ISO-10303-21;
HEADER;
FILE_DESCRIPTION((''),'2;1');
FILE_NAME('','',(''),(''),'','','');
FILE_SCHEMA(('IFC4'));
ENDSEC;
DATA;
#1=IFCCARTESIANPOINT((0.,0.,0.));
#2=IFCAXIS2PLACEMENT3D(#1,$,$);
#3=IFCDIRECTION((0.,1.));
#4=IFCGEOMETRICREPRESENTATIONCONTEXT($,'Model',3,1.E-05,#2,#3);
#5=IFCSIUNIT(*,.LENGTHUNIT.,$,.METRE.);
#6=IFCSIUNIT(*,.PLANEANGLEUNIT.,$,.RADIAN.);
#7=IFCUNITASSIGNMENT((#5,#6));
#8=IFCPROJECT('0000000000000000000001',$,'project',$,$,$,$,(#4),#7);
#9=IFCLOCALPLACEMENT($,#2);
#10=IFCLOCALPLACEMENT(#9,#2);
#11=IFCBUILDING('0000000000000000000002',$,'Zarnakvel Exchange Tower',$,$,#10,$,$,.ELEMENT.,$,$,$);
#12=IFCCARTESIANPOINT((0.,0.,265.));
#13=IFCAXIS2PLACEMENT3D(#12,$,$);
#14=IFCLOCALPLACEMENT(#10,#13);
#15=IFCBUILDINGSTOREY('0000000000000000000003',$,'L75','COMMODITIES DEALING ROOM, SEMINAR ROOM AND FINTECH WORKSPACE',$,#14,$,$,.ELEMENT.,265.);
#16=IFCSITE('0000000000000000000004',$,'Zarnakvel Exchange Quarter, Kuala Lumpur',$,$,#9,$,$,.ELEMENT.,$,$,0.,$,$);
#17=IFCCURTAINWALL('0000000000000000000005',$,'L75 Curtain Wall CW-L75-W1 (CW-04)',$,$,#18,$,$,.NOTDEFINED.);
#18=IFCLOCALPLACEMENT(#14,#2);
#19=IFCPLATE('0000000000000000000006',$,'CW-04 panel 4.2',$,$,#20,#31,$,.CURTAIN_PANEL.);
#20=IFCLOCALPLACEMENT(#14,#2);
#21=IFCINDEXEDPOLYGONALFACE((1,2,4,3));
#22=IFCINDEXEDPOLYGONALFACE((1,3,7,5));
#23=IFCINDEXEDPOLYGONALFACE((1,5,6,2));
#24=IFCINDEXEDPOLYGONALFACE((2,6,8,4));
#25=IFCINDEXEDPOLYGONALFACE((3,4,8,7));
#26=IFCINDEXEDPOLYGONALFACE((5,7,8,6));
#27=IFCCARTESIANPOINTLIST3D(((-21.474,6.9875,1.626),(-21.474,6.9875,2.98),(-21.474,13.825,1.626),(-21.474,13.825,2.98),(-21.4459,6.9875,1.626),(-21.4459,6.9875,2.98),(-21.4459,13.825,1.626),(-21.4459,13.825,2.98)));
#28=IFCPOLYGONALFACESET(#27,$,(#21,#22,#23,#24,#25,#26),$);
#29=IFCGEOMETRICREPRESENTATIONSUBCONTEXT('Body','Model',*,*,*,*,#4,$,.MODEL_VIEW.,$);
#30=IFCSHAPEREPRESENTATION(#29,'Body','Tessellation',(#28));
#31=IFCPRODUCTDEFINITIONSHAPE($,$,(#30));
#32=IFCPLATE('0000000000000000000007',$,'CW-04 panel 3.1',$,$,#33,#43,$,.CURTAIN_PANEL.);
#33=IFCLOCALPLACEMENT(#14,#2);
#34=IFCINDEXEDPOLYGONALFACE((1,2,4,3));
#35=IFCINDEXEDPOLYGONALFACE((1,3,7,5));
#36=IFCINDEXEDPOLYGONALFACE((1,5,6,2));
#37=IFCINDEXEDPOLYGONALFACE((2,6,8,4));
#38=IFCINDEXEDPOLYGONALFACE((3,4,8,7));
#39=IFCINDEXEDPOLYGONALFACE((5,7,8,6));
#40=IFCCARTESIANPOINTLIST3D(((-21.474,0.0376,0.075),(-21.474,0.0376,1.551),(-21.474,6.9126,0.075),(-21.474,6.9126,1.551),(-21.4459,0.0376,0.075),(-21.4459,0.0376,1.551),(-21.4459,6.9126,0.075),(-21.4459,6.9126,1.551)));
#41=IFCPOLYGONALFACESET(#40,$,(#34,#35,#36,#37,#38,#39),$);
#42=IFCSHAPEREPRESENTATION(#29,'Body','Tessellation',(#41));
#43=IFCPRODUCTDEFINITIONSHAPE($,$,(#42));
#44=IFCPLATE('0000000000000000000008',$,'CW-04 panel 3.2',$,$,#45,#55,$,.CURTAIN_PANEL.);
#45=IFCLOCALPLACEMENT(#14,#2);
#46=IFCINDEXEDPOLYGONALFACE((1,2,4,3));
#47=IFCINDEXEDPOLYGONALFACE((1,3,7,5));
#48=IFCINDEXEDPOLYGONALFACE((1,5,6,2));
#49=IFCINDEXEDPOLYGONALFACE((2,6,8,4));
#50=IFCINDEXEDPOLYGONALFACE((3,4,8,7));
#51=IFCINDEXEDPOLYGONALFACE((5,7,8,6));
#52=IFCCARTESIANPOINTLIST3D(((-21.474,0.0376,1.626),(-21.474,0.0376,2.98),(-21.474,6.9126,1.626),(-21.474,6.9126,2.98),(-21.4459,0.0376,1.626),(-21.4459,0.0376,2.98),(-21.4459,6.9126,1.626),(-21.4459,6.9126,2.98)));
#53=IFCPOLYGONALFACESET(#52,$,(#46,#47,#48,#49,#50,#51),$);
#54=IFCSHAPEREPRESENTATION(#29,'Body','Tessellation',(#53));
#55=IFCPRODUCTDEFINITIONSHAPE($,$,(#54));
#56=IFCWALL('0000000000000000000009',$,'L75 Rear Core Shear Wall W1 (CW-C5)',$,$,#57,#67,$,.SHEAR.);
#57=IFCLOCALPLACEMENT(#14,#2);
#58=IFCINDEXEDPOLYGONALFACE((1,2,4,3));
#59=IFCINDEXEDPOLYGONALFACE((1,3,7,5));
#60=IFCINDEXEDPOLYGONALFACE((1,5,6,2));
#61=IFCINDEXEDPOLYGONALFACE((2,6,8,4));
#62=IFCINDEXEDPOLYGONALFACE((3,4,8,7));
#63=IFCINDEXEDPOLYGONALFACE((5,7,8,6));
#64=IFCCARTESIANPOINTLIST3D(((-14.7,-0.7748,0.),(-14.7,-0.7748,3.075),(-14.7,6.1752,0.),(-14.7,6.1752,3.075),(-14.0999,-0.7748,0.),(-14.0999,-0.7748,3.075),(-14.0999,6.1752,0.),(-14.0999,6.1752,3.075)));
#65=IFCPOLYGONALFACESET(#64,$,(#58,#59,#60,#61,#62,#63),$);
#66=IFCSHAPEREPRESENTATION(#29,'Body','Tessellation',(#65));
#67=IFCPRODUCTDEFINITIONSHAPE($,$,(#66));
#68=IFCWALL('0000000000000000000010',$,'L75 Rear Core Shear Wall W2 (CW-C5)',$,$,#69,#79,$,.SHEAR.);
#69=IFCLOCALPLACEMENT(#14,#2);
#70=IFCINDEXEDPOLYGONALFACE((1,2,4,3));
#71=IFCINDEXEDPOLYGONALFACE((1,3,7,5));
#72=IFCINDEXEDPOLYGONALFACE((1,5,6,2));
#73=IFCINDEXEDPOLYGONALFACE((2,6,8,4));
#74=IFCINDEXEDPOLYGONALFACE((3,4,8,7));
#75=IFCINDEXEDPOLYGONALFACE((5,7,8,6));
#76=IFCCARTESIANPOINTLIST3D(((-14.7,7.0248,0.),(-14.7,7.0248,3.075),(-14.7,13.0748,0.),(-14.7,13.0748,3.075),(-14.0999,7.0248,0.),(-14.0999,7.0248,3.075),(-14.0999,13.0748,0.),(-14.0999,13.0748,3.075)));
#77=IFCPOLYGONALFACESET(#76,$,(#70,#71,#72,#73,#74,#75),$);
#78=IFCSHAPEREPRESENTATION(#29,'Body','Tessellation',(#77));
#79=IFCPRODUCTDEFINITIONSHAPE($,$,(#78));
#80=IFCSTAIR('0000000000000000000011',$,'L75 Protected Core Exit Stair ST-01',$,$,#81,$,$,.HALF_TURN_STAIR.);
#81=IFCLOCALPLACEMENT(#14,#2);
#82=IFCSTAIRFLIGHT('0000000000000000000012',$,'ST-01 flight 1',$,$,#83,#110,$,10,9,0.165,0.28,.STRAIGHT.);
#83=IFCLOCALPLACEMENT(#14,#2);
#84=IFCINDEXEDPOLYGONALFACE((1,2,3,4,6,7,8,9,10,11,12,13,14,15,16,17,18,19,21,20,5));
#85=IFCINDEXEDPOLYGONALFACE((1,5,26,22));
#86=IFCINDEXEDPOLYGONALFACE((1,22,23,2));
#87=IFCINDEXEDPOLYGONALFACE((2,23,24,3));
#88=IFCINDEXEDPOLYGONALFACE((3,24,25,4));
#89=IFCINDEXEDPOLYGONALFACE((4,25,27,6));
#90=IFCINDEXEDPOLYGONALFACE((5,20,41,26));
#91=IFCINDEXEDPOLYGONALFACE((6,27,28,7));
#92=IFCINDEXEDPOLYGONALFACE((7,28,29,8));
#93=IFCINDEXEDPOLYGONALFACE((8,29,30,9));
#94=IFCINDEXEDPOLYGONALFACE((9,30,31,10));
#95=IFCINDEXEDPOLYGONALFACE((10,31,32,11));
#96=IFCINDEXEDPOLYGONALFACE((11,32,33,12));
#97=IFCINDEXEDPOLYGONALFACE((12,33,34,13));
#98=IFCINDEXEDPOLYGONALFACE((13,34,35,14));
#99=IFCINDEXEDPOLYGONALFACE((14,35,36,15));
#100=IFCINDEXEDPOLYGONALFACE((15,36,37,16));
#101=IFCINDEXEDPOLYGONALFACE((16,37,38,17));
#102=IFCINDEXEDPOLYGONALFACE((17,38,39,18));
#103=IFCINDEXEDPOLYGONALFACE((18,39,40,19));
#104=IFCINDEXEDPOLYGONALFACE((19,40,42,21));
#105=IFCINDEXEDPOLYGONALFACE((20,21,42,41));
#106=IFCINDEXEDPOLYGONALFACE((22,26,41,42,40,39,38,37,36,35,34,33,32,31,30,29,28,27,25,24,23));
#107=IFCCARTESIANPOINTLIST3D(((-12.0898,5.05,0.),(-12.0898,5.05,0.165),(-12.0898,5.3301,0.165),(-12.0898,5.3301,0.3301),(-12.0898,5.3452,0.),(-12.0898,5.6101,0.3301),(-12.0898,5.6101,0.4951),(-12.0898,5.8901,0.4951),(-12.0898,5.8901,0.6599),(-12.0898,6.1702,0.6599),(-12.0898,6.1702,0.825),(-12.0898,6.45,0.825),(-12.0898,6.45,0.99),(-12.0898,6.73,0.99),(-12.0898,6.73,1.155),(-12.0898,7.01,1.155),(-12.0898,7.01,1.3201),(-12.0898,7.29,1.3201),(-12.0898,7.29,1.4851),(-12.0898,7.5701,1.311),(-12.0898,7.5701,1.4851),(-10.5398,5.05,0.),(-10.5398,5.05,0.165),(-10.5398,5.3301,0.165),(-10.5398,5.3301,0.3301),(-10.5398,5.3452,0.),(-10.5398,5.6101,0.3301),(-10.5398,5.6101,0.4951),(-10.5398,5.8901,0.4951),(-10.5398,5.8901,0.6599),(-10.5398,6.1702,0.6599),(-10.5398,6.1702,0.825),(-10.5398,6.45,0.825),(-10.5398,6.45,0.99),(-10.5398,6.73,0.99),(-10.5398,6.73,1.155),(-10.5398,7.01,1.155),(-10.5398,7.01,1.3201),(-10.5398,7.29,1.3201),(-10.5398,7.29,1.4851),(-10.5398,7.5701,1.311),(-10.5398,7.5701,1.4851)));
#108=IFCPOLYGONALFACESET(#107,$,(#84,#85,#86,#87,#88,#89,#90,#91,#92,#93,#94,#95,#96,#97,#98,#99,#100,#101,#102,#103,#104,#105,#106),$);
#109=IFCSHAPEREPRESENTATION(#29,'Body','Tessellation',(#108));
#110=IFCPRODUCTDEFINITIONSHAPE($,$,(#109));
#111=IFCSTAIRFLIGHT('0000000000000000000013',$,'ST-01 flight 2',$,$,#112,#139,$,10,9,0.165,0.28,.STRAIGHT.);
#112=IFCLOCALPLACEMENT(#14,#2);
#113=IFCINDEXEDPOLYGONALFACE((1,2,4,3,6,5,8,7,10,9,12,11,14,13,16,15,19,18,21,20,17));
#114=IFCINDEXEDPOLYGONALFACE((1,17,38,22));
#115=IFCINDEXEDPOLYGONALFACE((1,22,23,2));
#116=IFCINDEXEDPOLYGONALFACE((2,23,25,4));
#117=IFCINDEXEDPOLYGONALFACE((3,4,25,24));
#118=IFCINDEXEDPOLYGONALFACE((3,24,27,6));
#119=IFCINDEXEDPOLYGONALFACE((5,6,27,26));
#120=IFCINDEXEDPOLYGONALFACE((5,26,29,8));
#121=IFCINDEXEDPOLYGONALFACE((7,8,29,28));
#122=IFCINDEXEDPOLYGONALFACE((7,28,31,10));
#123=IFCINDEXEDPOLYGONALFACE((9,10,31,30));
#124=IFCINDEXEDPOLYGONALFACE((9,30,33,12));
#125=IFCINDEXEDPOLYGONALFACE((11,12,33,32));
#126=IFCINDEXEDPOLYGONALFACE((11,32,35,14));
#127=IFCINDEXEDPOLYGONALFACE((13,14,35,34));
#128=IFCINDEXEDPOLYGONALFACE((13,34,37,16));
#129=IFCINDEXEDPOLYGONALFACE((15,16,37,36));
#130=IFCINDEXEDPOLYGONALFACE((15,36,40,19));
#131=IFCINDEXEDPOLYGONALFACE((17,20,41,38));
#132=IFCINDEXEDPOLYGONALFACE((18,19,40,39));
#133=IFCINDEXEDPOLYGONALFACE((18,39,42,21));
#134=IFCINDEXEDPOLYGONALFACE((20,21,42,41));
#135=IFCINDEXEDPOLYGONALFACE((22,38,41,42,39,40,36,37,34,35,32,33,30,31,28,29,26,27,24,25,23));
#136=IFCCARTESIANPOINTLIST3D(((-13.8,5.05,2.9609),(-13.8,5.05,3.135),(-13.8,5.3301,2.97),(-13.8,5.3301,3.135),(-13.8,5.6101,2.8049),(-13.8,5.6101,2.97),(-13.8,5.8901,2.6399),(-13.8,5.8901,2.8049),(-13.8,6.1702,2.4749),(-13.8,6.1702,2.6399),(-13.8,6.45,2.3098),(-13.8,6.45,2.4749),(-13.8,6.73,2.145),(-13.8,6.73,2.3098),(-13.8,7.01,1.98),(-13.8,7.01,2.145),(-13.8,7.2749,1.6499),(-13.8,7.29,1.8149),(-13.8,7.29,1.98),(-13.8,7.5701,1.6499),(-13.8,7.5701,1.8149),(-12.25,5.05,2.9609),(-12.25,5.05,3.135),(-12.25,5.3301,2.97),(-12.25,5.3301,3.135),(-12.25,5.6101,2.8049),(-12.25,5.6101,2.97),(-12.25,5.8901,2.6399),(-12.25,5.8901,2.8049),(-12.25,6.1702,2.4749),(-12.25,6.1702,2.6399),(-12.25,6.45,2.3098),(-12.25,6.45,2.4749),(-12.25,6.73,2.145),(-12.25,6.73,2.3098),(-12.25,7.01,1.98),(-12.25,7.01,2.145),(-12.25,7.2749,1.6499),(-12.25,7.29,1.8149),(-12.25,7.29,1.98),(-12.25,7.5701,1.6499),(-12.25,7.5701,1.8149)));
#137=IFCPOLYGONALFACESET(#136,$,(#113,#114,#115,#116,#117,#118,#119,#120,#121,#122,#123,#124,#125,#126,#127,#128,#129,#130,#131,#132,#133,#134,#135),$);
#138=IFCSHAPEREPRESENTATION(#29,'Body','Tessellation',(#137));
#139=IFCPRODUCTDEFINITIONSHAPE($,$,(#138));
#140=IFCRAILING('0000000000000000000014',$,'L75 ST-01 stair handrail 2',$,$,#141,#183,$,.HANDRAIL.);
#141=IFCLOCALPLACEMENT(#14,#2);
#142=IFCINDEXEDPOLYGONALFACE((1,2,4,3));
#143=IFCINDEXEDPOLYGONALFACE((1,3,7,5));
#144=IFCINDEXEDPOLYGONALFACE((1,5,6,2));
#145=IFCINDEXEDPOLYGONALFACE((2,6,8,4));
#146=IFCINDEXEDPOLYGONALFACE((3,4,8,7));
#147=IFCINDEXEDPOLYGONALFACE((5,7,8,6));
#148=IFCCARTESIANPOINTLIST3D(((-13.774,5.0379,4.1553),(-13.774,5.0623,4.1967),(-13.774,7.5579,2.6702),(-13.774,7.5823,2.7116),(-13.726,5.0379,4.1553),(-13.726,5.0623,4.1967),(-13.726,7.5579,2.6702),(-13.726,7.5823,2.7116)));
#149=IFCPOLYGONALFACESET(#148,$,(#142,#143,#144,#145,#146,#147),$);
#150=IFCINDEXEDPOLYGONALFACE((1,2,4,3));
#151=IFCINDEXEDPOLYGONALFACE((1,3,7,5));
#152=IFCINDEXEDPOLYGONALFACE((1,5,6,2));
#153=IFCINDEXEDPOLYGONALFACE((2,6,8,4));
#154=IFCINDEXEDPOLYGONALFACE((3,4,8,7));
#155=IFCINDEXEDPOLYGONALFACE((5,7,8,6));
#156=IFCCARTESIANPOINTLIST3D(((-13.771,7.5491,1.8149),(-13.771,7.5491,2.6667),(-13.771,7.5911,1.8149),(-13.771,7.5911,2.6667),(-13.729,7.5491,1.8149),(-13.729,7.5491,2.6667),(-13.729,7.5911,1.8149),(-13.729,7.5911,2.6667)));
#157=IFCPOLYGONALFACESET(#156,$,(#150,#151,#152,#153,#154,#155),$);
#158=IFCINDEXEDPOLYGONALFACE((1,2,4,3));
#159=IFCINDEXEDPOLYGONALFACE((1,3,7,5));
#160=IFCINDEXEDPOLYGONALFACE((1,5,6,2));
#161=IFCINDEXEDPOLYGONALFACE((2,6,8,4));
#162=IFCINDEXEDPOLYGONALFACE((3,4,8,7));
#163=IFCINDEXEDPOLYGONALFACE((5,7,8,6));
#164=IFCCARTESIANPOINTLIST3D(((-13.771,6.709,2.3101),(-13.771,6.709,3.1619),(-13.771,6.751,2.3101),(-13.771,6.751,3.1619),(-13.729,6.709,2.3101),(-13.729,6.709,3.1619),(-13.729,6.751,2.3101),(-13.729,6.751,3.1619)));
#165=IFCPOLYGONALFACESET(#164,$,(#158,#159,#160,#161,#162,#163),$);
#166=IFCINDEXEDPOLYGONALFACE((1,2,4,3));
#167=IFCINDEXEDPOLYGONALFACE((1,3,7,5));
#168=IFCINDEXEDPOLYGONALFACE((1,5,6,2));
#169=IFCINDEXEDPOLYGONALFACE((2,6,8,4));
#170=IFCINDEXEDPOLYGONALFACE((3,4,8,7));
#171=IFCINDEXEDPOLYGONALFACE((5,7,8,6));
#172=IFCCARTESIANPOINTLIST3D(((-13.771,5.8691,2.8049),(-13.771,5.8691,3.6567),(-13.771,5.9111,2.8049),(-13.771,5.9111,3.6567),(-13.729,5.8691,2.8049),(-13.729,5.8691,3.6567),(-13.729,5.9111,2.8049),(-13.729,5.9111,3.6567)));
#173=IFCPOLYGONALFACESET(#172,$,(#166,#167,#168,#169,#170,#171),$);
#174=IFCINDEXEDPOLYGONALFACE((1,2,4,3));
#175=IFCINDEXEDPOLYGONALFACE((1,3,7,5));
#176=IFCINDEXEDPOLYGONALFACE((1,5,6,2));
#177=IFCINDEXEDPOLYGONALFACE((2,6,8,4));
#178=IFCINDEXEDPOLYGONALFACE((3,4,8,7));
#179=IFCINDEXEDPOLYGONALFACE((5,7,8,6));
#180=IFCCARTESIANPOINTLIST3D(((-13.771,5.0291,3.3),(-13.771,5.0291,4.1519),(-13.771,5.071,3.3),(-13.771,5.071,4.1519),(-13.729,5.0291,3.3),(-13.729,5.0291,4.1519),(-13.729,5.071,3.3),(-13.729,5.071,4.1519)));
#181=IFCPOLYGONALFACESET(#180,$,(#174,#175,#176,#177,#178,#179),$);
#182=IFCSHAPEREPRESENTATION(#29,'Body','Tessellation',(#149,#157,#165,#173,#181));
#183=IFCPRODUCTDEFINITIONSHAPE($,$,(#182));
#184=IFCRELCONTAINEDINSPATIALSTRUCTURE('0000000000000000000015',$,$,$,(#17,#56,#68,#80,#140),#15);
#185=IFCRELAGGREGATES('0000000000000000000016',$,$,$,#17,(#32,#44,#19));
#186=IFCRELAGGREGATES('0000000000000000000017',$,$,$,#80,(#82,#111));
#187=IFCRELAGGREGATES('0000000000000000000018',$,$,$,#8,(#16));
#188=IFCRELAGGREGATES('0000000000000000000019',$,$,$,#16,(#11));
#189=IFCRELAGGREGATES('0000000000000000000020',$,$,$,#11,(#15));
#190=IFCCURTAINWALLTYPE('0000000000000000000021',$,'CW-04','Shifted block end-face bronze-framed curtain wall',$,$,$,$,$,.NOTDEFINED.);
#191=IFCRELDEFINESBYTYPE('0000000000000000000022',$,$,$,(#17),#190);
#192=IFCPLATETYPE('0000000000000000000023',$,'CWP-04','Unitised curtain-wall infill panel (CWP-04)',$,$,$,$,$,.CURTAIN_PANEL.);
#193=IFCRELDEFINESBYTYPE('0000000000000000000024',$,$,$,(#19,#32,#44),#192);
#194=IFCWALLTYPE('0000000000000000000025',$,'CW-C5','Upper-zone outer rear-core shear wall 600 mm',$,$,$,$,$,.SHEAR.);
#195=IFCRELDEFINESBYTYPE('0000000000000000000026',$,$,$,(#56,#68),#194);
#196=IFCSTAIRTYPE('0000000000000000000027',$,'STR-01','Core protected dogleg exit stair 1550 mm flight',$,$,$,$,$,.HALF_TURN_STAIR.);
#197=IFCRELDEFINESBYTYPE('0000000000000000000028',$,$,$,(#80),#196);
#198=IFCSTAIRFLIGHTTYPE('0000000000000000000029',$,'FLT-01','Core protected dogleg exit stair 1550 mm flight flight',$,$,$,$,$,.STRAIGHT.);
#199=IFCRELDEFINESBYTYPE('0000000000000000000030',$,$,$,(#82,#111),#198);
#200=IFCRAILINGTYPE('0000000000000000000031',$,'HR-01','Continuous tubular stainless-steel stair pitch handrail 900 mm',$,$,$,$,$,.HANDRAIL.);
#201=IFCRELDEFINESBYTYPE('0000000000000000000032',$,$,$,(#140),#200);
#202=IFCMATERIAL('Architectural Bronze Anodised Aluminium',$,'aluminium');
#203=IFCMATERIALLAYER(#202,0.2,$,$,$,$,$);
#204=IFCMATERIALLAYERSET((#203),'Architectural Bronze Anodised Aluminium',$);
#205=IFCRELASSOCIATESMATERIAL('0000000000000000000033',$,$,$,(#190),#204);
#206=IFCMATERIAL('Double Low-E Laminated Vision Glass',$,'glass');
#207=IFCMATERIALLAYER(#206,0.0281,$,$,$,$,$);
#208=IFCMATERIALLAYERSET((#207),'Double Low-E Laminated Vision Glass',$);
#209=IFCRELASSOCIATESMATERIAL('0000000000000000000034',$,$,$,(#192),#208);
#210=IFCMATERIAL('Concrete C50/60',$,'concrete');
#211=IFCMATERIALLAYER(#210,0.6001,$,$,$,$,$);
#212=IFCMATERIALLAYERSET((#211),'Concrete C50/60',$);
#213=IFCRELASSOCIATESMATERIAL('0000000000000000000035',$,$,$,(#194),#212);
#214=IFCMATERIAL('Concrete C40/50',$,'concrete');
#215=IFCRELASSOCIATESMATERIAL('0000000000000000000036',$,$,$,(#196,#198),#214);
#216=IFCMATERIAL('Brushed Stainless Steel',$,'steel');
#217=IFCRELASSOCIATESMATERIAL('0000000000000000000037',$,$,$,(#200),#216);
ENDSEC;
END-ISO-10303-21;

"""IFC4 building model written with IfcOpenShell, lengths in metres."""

from ifc_helpers import new_model, si_unit, direction, frame, frame_2d, origin, origin_2d, place, context, subcontext, project, spatial, polyline, rectangle, outline, extrude, source, transform, mapped, material, layer, layer_set, type_object, element, aggregate, save


model = new_model("IFC4")

# Units and contexts
model_context = context("Model", 3, precision=1e-05, world=origin(), true_north=direction((0.0, 1.0)))
body_context = subcontext(model_context, "Body", "Model", "MODEL_VIEW")
ifc_project = project(units=[si_unit("LENGTHUNIT", "METRE"), si_unit("PLANEANGLEUNIT", "RADIAN")], contexts=[model_context])

# Site, building, storey
site_placement = place(None, origin())
site = spatial("IfcSite", under=ifc_project, at=site_placement, Name="Zarnakvel Exchange Quarter, Kuala Lumpur", CompositionType="ELEMENT", RefElevation=0.0)
building_placement = place(site_placement, origin())
building = spatial("IfcBuilding", under=site, at=building_placement, Name="Zarnakvel Exchange Tower", CompositionType="ELEMENT")
storey_placement = place(building_placement, frame((0.0, 0.0, 265.0)))
storey = spatial("IfcBuildingStorey", under=building, at=storey_placement, Name="L75", Description="COMMODITIES DEALING ROOM, SEMINAR ROOM AND FINTECH WORKSPACE", CompositionType="ELEMENT", Elevation=265.0)

# Shared definitions
ifc_material_1 = material(Name="Concrete C50/60", Category="concrete")

# Curtain wall, plates
ifc_material_2 = material(Name="Architectural Bronze Anodised Aluminium", Category="aluminium")
ifc_layer_1 = layer(ifc_material_2, 0.2)
ifc_layer_set_1 = layer_set([ifc_layer_1], Name="Architectural Bronze Anodised Aluminium")
curtain_wall_type = type_object("IfcCurtainWallType", Name="CW-04", Description="Shifted block end-face bronze-framed curtain wall", PredefinedType="NOTDEFINED", material=ifc_layer_set_1)
curtain_wall_placement = place(storey_placement, origin())
curtain_wall = element("IfcCurtainWall", 1, at=curtain_wall_placement, inside=storey, type_object=curtain_wall_type, Name="L75 Curtain Wall CW-L75-W1 (CW-04)", PredefinedType="NOTDEFINED")
ifc_material_3 = material(Name="Double Low-E Laminated Vision Glass", Category="glass")
ifc_layer_2 = layer(ifc_material_3, 0.0281)
ifc_layer_set_2 = layer_set([ifc_layer_2], Name="Double Low-E Laminated Vision Glass")
plate_type = type_object("IfcPlateType", Name="CWP-04", Description="Unitised curtain-wall infill panel (CWP-04)", PredefinedType="CURTAIN_PANEL", material=ifc_layer_set_2)
shared_shape_1 = source(origin(), body_context, "Body", "SweptSolid", [
    extrude(rectangle(XDim=6.8374, YDim=0.0281, at=origin_2d()), origin(), (0.0, 0.0, 1.0), 1.354),
])
plate_1_placement = place(storey_placement, frame((-21.46, 10.4062, 1.626), z_axis=(0.0, 0.0, 1.0), x_axis=(0.0, 1.0, 0.0)))
plate_1 = element("IfcPlate", 2, at=plate_1_placement, type_object=plate_type, Name="CW-04 panel 4.2", PredefinedType="CURTAIN_PANEL", context=body_context, shape_type="MappedRepresentation", body=[
    mapped(shared_shape_1, transform((0.0, 0.0, 0.0), x_axis=(1.0, 0.0, 0.0), y_axis=(0.0, 1.0, 0.0), z_axis=(0.0, 0.0, 1.0), scale=1.0)),
])
shared_shape_2 = source(origin(), body_context, "Body", "SweptSolid", [
    extrude(rectangle(XDim=6.875, YDim=0.0281, at=origin_2d()), origin(), (0.0, 0.0, 1.0), 1.4761),
])
plate_2_placement = place(storey_placement, frame((-21.46, 3.4751, 0.075), z_axis=(0.0, 0.0, 1.0), x_axis=(0.0, 1.0, 0.0)))
plate_2 = element("IfcPlate", 3, at=plate_2_placement, type_object=plate_type, Name="CW-04 panel 3.1", PredefinedType="CURTAIN_PANEL", context=body_context, shape_type="MappedRepresentation", body=[
    mapped(shared_shape_2, transform((0.0, 0.0, 0.0), x_axis=(1.0, 0.0, 0.0), y_axis=(0.0, 1.0, 0.0), z_axis=(0.0, 0.0, 1.0), scale=1.0)),
])
shared_shape_3 = source(origin(), body_context, "Body", "SweptSolid", [
    extrude(rectangle(XDim=6.875, YDim=0.0281, at=origin_2d()), origin(), (0.0, 0.0, 1.0), 1.354),
])
plate_3_placement = place(storey_placement, frame((-21.46, 3.4751, 1.626), z_axis=(0.0, 0.0, 1.0), x_axis=(0.0, 1.0, 0.0)))
plate_3 = element("IfcPlate", 4, at=plate_3_placement, type_object=plate_type, Name="CW-04 panel 3.2", PredefinedType="CURTAIN_PANEL", context=body_context, shape_type="MappedRepresentation", body=[
    mapped(shared_shape_3, transform((0.0, 0.0, 0.0), x_axis=(1.0, 0.0, 0.0), y_axis=(0.0, 1.0, 0.0), z_axis=(0.0, 0.0, 1.0), scale=1.0)),
])
aggregate(curtain_wall, [plate_2, plate_3, plate_1])

# Walls
ifc_layer_3 = layer(ifc_material_1, 0.6001)
ifc_layer_set_3 = layer_set([ifc_layer_3], Name="Concrete C50/60")
wall_type = type_object("IfcWallType", Name="CW-C5", Description="Upper-zone outer rear-core shear wall 600 mm", PredefinedType="SHEAR", material=ifc_layer_set_3)
wall_1_placement = place(storey_placement, frame((-14.3999, -0.7749, 0.0), z_axis=(0.0, 0.0, 1.0), x_axis=(0.0, 1.0, 0.0)))
element("IfcWall", 5, at=wall_1_placement, inside=storey, type_object=wall_type, Name="L75 Rear Core Shear Wall W1 (CW-C5)", PredefinedType="SHEAR", context=body_context, shape_type="SweptSolid", body=[
    extrude(rectangle(XDim=6.95, YDim=0.6001, at=frame_2d((3.4751, 0.0))), origin(), (0.0, 0.0, 1.0), 3.075),
])
wall_2_placement = place(storey_placement, frame((-14.3999, 7.0249, 0.0), z_axis=(0.0, 0.0, 1.0), x_axis=(0.0, 1.0, 0.0)))
element("IfcWall", 6, at=wall_2_placement, inside=storey, type_object=wall_type, Name="L75 Rear Core Shear Wall W2 (CW-C5)", PredefinedType="SHEAR", context=body_context, shape_type="SweptSolid", body=[
    extrude(rectangle(XDim=6.05, YDim=0.6001, at=frame_2d((3.0249, 0.0))), origin(), (0.0, 0.0, 1.0), 3.075),
])

# Stair, stair flights
ifc_material_4 = material(Name="Concrete C40/50", Category="concrete")
stair_type = type_object("IfcStairType", Name="STR-01", Description="Core protected dogleg exit stair 1550 mm flight", PredefinedType="HALF_TURN_STAIR", material=ifc_material_4)
stair_placement = place(storey_placement, origin())
stair = element("IfcStair", 7, at=stair_placement, inside=storey, type_object=stair_type, Name="L75 Protected Core Exit Stair ST-01", PredefinedType="HALF_TURN_STAIR")
stair_flight_type = type_object("IfcStairFlightType", Name="FLT-01", Description="Core protected dogleg exit stair 1550 mm flight flight", PredefinedType="STRAIGHT", material=ifc_material_4)
stair_flight_1_placement = place(storey_placement, frame((-11.3149, 5.05, 0.0), z_axis=(0.0, 0.0, 1.0), x_axis=(0.0, 1.0, 0.0)))
stair_flight_1 = element("IfcStairFlight", 8, at=stair_flight_1_placement, type_object=stair_flight_type, Name="ST-01 flight 1", NumberOfRisers=10, NumberOfTreads=9, PredefinedType="STRAIGHT", RiserHeight=0.165, TreadLength=0.28, context=body_context, shape_type="SweptSolid", body=[
    extrude(outline(polyline([(0.0, 0.0), (0.0, 0.165), (0.28, 0.165), (0.28, 0.3301), (0.5601, 0.3301), (0.5601, 0.4951), (0.8401, 0.4951), (0.8401, 0.6599), (1.1201, 0.6599), (1.1201, 0.825), (1.3999, 0.825), (1.3999, 0.99), (1.6799, 0.99), (1.6799, 1.155), (1.96, 1.155), (1.96, 1.3201), (2.24, 1.3201), (2.24, 1.4851), (2.52, 1.4851), (2.52, 1.6499), (2.52, 1.311), (0.2952, 0.0), (0.0, 0.0)])), frame((0.0, 0.7749, 0.0), z_axis=(0.0, -1.0, 0.0), x_axis=(1.0, 0.0, 0.0)), (0.0, 0.0, 1.0), 1.55),
])
stair_flight_2_placement = place(storey_placement, frame((-13.0249, 7.5701, 1.6499), z_axis=(0.0, 0.0, 1.0), x_axis=(0.0, -1.0, 0.0)))
stair_flight_2 = element("IfcStairFlight", 9, at=stair_flight_2_placement, type_object=stair_flight_type, Name="ST-01 flight 2", NumberOfRisers=10, NumberOfTreads=9, PredefinedType="STRAIGHT", RiserHeight=0.165, TreadLength=0.28, context=body_context, shape_type="SweptSolid", body=[
    extrude(outline(polyline([(0.0, 0.0), (0.0, 0.165), (0.28, 0.165), (0.28, 0.3301), (0.5601, 0.3301), (0.5601, 0.4951), (0.8401, 0.4951), (0.8401, 0.6599), (1.1201, 0.6599), (1.1201, 0.825), (1.3999, 0.825), (1.3999, 0.99), (1.6799, 0.99), (1.6799, 1.155), (1.96, 1.155), (1.96, 1.3201), (2.24, 1.3201), (2.24, 1.4851), (2.52, 1.4851), (2.52, 1.6499), (2.52, 1.311), (0.2952, 0.0), (0.0, 0.0)])), frame((0.0, 0.7749, 0.0), z_axis=(0.0, -1.0, 0.0), x_axis=(1.0, 0.0, 0.0)), (0.0, 0.0, 1.0), 1.55),
])
aggregate(stair, [stair_flight_1, stair_flight_2])

# Railing
ifc_material_5 = material(Name="Brushed Stainless Steel", Category="steel")
railing_type_1 = type_object("IfcRailingType", Name="HR-01", Description="Continuous tubular stainless-steel stair pitch handrail 900 mm", PredefinedType="HANDRAIL", material=ifc_material_5)
railing_1_placement = place(storey_placement, frame((-13.75, 7.5701, 1.8149)))
element("IfcRailing", 10, at=railing_1_placement, inside=storey, type_object=railing_type_1, Name="L75 ST-01 stair handrail 2", PredefinedType="HANDRAIL", context=body_context, shape_type="SweptSolid", body=[
    extrude(rectangle(XDim=0.0481, YDim=0.0481, at=origin_2d()), frame((0.0, 0.0, 0.876), z_axis=(0.0, -0.861524, 0.507717), x_axis=(1.0, 0.0, 0.0)), (0.0, 0.0, 1.0), 2.925),
    extrude(rectangle(XDim=0.042, YDim=0.042, at=origin_2d()), origin(), (0.0, 0.0, 1.0), 0.8518),
    extrude(rectangle(XDim=0.042, YDim=0.042, at=origin_2d()), frame((0.0, -0.8401, 0.4951)), (0.0, 0.0, 1.0), 0.8518),
    extrude(rectangle(XDim=0.042, YDim=0.042, at=origin_2d()), frame((0.0, -1.6799, 0.99)), (0.0, 0.0, 1.0), 0.8518),
    extrude(rectangle(XDim=0.042, YDim=0.042, at=origin_2d()), frame((0.0, -2.52, 1.4851)), (0.0, 0.0, 1.0), 0.8518),
])

save(model, "model.ifc")
